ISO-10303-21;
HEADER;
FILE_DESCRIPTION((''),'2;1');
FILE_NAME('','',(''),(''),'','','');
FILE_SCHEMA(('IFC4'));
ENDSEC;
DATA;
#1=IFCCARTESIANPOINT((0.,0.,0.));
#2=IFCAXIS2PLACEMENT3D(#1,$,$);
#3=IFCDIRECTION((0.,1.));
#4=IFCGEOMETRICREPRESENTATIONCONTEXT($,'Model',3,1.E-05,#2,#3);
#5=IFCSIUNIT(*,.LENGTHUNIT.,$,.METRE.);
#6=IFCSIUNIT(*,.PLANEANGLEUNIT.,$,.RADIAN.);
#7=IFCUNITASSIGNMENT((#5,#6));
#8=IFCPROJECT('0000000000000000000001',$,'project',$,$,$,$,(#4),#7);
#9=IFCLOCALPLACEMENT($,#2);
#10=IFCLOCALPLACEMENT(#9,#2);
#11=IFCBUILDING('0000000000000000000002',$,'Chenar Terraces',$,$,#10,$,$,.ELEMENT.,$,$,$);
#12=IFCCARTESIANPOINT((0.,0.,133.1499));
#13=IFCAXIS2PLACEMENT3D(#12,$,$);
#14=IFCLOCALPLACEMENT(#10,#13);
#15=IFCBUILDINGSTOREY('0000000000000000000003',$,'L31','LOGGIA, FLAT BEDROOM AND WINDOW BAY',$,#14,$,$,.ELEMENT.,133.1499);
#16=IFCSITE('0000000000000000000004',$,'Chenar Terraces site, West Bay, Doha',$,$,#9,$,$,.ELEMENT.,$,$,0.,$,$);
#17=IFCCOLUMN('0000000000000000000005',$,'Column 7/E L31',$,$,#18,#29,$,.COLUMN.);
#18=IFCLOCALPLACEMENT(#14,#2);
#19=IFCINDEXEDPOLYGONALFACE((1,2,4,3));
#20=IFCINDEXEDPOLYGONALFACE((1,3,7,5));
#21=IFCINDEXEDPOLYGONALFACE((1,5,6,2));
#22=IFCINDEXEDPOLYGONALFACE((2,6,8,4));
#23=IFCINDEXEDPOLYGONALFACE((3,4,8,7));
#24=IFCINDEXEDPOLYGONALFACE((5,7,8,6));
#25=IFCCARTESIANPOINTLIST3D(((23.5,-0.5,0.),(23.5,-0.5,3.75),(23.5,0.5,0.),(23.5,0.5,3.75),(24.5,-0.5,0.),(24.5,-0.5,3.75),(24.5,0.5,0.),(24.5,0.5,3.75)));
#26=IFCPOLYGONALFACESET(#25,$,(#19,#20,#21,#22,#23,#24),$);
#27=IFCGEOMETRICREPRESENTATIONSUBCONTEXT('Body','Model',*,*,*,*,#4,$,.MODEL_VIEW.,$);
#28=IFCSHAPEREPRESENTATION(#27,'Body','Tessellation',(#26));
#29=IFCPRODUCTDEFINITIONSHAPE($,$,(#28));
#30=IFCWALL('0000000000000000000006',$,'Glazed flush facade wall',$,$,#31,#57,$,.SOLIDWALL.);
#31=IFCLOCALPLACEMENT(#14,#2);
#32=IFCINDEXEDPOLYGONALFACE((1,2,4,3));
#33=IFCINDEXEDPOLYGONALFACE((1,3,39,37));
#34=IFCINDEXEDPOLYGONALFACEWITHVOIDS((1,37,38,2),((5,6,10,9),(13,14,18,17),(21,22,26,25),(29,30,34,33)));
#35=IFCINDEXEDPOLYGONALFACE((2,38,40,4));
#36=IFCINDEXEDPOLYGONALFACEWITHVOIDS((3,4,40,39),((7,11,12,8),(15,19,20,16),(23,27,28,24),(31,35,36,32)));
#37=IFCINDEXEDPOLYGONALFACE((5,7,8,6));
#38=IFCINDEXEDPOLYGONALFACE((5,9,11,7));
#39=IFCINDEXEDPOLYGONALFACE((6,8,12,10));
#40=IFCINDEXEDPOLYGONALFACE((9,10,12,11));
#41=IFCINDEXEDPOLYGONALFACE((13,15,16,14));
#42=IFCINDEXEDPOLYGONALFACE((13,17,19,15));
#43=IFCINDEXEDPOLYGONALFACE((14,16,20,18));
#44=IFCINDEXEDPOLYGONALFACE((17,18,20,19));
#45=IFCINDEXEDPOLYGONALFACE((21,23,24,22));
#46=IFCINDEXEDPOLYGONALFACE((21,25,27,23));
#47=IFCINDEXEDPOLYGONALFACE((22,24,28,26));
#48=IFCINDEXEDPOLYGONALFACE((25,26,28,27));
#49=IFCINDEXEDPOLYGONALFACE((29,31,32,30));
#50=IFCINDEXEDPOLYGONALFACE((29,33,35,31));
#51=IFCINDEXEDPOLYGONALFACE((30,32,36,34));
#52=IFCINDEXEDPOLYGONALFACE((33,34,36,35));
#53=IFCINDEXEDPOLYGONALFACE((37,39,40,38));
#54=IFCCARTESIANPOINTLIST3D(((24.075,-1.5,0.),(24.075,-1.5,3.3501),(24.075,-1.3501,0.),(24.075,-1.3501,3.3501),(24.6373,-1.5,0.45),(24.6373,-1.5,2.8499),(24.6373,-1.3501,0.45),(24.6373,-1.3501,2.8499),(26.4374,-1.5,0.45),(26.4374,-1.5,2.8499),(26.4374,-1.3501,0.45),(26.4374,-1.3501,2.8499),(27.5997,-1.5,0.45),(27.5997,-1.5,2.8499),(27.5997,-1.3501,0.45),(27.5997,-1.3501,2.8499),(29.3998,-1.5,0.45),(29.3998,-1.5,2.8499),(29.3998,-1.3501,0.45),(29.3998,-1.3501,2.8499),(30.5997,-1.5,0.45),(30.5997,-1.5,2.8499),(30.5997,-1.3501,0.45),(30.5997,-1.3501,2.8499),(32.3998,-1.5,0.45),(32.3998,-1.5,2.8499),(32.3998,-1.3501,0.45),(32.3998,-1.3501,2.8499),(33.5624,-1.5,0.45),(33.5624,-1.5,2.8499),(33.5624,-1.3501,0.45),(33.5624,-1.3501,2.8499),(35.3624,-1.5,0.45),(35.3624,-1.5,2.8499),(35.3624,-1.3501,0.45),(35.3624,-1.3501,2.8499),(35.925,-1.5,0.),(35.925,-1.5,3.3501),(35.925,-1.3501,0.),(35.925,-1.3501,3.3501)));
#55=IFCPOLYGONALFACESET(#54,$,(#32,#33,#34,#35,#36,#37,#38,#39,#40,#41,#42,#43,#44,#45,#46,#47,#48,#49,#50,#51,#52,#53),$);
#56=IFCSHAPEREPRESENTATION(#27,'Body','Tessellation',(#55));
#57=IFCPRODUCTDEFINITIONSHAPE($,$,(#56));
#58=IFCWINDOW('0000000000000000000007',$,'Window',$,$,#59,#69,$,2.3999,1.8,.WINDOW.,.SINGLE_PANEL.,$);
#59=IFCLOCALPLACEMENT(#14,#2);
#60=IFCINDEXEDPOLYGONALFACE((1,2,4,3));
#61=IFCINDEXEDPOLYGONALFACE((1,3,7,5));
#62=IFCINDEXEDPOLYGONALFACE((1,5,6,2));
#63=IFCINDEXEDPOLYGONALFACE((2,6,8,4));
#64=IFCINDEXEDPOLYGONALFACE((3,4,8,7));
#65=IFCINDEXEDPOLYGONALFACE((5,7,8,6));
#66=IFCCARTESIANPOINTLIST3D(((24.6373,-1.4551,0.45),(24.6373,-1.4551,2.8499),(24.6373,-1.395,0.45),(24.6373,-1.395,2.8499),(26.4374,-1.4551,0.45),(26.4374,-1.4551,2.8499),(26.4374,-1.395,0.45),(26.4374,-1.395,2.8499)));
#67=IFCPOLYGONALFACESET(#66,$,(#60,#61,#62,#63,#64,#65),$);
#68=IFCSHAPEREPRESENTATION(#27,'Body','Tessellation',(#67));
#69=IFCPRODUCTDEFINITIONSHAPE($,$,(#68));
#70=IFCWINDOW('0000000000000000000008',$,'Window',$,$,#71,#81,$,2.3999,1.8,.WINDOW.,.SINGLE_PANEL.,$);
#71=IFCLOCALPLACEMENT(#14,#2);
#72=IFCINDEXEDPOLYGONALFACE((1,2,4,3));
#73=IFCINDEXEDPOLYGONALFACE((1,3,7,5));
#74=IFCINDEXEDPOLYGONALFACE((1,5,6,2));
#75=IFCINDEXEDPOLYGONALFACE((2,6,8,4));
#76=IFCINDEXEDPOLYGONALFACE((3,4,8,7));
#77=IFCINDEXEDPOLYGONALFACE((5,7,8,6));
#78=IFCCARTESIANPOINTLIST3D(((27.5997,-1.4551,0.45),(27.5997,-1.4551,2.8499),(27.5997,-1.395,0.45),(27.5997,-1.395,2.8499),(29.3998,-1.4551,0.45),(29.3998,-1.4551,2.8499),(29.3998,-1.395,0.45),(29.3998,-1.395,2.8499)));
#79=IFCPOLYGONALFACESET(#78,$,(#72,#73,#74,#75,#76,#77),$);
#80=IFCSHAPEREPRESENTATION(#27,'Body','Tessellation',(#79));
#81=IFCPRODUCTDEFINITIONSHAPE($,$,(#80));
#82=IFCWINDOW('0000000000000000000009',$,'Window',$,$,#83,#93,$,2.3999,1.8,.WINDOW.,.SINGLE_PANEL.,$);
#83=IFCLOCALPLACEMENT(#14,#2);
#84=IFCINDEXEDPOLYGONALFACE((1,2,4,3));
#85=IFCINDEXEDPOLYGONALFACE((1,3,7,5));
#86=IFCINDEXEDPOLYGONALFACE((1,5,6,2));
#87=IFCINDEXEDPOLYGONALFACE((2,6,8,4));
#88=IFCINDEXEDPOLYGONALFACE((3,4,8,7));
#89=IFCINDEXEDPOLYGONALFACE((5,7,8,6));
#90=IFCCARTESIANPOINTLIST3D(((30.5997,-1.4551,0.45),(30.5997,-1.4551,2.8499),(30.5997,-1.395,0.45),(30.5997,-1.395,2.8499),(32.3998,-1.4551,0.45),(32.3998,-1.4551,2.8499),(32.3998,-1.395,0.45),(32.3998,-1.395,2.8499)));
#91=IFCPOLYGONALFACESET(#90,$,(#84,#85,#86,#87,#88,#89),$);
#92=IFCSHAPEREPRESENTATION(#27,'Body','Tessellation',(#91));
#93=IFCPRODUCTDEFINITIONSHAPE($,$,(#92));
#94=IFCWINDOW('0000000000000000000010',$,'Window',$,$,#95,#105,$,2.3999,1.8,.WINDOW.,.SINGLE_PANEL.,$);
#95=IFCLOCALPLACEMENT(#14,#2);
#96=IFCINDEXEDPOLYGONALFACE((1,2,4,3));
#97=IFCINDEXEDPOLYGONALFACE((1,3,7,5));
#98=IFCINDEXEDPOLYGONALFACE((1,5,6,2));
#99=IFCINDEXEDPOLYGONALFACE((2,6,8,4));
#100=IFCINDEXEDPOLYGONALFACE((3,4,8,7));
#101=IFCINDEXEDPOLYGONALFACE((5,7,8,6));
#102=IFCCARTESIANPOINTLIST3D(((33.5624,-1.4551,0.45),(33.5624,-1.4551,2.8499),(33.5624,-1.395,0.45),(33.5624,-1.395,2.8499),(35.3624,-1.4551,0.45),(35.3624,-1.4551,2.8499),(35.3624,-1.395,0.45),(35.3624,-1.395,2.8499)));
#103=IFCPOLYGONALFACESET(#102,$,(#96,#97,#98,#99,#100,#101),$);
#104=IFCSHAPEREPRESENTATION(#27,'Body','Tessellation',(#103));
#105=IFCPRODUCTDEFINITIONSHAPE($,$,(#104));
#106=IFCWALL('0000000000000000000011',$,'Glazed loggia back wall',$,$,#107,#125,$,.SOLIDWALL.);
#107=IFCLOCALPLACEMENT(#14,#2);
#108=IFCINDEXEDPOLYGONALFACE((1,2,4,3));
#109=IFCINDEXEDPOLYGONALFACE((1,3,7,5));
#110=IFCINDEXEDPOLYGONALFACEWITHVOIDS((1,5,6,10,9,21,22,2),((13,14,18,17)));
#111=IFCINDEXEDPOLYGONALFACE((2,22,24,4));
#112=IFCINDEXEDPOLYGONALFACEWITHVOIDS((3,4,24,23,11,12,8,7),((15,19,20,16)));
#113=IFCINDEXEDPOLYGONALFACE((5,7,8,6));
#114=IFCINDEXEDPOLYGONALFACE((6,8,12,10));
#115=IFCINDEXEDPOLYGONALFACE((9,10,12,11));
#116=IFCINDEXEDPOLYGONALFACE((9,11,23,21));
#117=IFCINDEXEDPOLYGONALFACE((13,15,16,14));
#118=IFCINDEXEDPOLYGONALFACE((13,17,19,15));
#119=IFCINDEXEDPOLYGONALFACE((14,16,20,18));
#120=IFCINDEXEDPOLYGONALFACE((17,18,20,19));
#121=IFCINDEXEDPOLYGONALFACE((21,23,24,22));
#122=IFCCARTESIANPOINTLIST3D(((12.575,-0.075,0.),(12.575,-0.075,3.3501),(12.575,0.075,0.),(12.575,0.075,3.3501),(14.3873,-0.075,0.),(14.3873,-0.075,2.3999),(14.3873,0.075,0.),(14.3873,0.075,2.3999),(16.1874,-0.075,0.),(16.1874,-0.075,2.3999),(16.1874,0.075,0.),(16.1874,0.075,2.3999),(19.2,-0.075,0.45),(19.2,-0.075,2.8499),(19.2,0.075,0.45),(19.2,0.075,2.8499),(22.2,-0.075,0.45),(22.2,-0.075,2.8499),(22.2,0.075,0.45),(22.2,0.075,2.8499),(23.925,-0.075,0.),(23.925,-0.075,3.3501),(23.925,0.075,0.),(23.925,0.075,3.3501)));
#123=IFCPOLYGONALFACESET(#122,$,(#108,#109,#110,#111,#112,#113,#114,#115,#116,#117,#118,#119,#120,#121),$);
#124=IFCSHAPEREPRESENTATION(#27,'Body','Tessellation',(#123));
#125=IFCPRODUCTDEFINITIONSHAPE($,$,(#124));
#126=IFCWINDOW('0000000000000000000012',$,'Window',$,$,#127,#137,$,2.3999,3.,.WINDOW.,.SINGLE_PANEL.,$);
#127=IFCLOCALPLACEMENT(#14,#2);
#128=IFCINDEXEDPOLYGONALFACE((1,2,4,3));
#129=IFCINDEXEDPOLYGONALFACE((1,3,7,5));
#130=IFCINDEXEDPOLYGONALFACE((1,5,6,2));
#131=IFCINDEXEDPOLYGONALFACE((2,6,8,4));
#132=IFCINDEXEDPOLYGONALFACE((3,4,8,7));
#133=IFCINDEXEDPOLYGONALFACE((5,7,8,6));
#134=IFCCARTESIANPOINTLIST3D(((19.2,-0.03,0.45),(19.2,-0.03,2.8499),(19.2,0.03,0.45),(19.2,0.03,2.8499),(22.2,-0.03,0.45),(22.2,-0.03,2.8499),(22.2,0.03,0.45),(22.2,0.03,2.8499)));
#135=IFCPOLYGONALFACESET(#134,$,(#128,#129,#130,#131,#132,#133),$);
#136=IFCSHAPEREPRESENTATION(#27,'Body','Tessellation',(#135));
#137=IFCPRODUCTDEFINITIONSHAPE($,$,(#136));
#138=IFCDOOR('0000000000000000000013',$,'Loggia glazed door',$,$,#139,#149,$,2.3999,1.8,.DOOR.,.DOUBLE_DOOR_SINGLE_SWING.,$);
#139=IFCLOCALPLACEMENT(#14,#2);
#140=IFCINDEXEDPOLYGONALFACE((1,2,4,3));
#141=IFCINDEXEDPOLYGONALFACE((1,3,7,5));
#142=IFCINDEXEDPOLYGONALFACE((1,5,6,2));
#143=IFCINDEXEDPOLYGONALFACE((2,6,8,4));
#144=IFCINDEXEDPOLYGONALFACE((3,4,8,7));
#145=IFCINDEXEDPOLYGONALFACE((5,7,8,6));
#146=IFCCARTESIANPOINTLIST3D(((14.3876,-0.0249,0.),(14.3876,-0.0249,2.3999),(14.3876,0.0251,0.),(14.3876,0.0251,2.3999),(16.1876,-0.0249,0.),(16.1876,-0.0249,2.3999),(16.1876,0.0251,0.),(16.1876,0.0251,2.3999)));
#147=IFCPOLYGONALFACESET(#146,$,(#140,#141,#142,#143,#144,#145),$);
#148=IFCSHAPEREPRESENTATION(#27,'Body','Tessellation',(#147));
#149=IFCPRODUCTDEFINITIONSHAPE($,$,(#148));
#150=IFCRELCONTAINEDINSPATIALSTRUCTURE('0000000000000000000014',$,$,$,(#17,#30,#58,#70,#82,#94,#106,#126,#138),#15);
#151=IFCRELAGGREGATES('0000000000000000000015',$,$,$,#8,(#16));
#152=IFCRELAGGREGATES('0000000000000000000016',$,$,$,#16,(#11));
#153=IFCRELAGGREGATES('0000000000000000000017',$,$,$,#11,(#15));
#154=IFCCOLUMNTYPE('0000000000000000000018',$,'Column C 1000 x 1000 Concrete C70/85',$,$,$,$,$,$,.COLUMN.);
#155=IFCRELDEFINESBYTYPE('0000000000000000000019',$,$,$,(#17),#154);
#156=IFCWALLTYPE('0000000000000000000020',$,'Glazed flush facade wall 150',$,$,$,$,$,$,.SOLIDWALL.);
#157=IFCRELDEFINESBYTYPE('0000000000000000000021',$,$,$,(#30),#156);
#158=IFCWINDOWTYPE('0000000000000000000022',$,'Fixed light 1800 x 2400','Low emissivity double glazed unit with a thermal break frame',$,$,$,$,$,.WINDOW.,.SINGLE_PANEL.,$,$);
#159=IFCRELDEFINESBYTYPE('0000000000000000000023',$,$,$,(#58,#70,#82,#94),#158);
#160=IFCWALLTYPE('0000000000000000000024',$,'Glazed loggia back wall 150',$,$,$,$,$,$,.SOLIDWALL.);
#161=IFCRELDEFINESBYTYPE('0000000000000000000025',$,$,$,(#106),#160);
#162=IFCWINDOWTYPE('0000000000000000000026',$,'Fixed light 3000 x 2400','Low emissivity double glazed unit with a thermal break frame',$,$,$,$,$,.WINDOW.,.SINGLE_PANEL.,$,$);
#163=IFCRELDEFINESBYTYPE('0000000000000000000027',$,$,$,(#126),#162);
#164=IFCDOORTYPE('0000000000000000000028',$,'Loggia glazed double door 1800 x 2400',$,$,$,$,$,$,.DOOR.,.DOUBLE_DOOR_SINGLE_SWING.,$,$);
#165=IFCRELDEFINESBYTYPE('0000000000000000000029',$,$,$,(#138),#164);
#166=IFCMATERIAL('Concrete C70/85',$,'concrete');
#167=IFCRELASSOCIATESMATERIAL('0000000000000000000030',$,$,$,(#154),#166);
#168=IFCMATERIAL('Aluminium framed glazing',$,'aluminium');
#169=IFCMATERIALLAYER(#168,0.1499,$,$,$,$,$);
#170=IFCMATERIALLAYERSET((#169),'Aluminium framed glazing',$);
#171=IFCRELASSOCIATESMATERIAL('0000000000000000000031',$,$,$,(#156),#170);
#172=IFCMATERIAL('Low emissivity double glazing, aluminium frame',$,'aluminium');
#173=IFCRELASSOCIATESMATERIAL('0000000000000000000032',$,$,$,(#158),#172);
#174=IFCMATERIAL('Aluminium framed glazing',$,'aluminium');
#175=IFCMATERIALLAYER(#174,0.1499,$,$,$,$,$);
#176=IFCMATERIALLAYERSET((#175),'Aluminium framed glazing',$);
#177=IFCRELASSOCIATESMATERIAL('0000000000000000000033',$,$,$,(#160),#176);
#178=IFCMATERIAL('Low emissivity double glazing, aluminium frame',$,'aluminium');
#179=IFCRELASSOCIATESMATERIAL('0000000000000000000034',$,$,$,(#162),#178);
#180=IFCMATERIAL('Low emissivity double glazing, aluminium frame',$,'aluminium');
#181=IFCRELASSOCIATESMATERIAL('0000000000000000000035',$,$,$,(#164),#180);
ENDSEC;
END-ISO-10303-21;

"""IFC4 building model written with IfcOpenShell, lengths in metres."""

from ifc_helpers import new_model, si_unit, direction, frame, frame_2d, origin, origin_2d, place, context, subcontext, project, spatial, rectangle, extrude, material, layer, layer_set, material_profile, profile_set, type_object, element, fill, save


model = new_model("IFC4")

# Units and contexts
model_context = context("Model", 3, precision=1e-05, world=origin(), true_north=direction((0.0, 1.0)))
body_context = subcontext(model_context, "Body", "Model", "MODEL_VIEW")
ifc_project = project(units=[si_unit("LENGTHUNIT", "METRE"), si_unit("PLANEANGLEUNIT", "RADIAN")], contexts=[model_context])

# Site, building, storey
site_placement = place(None, origin())
site = spatial("IfcSite", under=ifc_project, at=site_placement, Name="Chenar Terraces site, West Bay, Doha", CompositionType="ELEMENT", RefElevation=0.0)
building_placement = place(site_placement, origin())
building = spatial("IfcBuilding", under=site, at=building_placement, Name="Chenar Terraces", CompositionType="ELEMENT")
storey_placement = place(building_placement, frame((0.0, 0.0, 133.1499)))
storey = spatial("IfcBuildingStorey", under=building, at=storey_placement, Name="L31", Description="LOGGIA, FLAT BEDROOM AND WINDOW BAY", CompositionType="ELEMENT", Elevation=133.1499)

# Column
ifc_material_1 = material(Name="Concrete C70/85", Category="concrete")
ifc_material_profile = material_profile(ifc_material_1, rectangle(XDim=1.0, YDim=1.0, at=origin_2d()), Name="C 1000 x 1000")
ifc_profile_set = profile_set([ifc_material_profile], Name="Concrete C70/85")
column_type = type_object("IfcColumnType", Name="Column C 1000 x 1000 Concrete C70/85", PredefinedType="COLUMN", material=ifc_profile_set)
column_placement = place(storey_placement, frame((24.0, 0.0, 0.0), z_axis=(0.0, 0.0, 1.0), x_axis=(1.0, 0.0, 0.0)))
element("IfcColumn", 1, at=column_placement, inside=storey, type_object=column_type, Name="Column 7/E L31", PredefinedType="COLUMN", context=body_context, shape_type="SweptSolid", body=[
    extrude(rectangle(XDim=1.0, YDim=1.0, at=origin_2d()), origin(), (0.0, 0.0, 1.0), 3.75),
])

# Wall, openings, windows
ifc_material_2 = material(Name="Aluminium framed glazing", Category="aluminium")
ifc_layer_1 = layer(ifc_material_2, 0.1499)
ifc_layer_set_1 = layer_set([ifc_layer_1], Name="Aluminium framed glazing")
wall_type_1 = type_object("IfcWallType", Name="Glazed flush facade wall 150", PredefinedType="SOLIDWALL", material=ifc_layer_set_1)
wall_1_placement = place(storey_placement, frame((24.075, -1.425, 0.0), z_axis=(0.0, 0.0, 1.0), x_axis=(1.0, 0.0, 0.0)))
wall_1 = element("IfcWall", 2, at=wall_1_placement, inside=storey, type_object=wall_type_1, Name="Glazed flush facade wall", PredefinedType="SOLIDWALL", context=body_context, shape_type="SweptSolid", body=[
    extrude(rectangle(XDim=11.8501, YDim=0.1499, at=frame_2d((5.925, 0.0))), origin(), (0.0, 0.0, 1.0), 3.3501),
])
opening_1_placement = place(wall_1_placement, frame((0.5625, 0.0, 0.45)))
opening_1 = element("IfcOpeningElement", 3, at=opening_1_placement, cuts=wall_1, PredefinedType="OPENING", context=body_context, shape_type="SweptSolid", body=[
    extrude(rectangle(XDim=1.8, YDim=2.3999, at=frame_2d((0.8999, 1.2))), frame((0.0, 0.085, 0.0), z_axis=(0.0, -1.0, 0.0), x_axis=(1.0, 0.0, 0.0)), (0.0, 0.0, 1.0), 0.1699),
])
opening_2_placement = place(wall_1_placement, frame((3.5249, 0.0, 0.45)))
opening_2 = element("IfcOpeningElement", 4, at=opening_2_placement, cuts=wall_1, PredefinedType="OPENING", context=body_context, shape_type="SweptSolid", body=[
    extrude(rectangle(XDim=1.8, YDim=2.3999, at=frame_2d((0.8999, 1.2))), frame((0.0, 0.085, 0.0), z_axis=(0.0, -1.0, 0.0), x_axis=(1.0, 0.0, 0.0)), (0.0, 0.0, 1.0), 0.1699),
])
opening_3_placement = place(wall_1_placement, frame((6.5249, 0.0, 0.45)))
opening_3 = element("IfcOpeningElement", 5, at=opening_3_placement, cuts=wall_1, PredefinedType="OPENING", context=body_context, shape_type="SweptSolid", body=[
    extrude(rectangle(XDim=1.8, YDim=2.3999, at=frame_2d((0.8999, 1.2))), frame((0.0, 0.085, 0.0), z_axis=(0.0, -1.0, 0.0), x_axis=(1.0, 0.0, 0.0)), (0.0, 0.0, 1.0), 0.1699),
])
opening_4_placement = place(wall_1_placement, frame((9.4875, 0.0, 0.45)))
opening_4 = element("IfcOpeningElement", 6, at=opening_4_placement, cuts=wall_1, PredefinedType="OPENING", context=body_context, shape_type="SweptSolid", body=[
    extrude(rectangle(XDim=1.8, YDim=2.3999, at=frame_2d((0.8999, 1.2))), frame((0.0, 0.085, 0.0), z_axis=(0.0, -1.0, 0.0), x_axis=(1.0, 0.0, 0.0)), (0.0, 0.0, 1.0), 0.1699),
])
ifc_material_3 = material(Name="Low emissivity double glazing, aluminium frame", Category="aluminium")
window_type_1 = type_object("IfcWindowType", Name="Fixed light 1800 x 2400", Description="Low emissivity double glazed unit with a thermal break frame", PartitioningType="SINGLE_PANEL", PredefinedType="WINDOW", material=ifc_material_3)
window_1_placement = place(opening_1_placement, origin())
window_1 = element("IfcWindow", 7, at=window_1_placement, inside=storey, type_object=window_type_1, Name="Window", OverallHeight=2.3999, OverallWidth=1.8, PartitioningType="SINGLE_PANEL", PredefinedType="WINDOW", context=body_context, shape_type="SweptSolid", body=[
    extrude(rectangle(XDim=1.8, YDim=2.3999, at=frame_2d((0.8999, 1.2))), frame((0.0, 0.03, 0.0), z_axis=(0.0, -1.0, 0.0), x_axis=(1.0, 0.0, 0.0)), (0.0, 0.0, 1.0), 0.0601),
])
fill(opening_1, window_1)
window_2_placement = place(opening_2_placement, origin())
window_2 = element("IfcWindow", 8, at=window_2_placement, inside=storey, type_object=window_type_1, Name="Window", OverallHeight=2.3999, OverallWidth=1.8, PartitioningType="SINGLE_PANEL", PredefinedType="WINDOW", context=body_context, shape_type="SweptSolid", body=[
    extrude(rectangle(XDim=1.8, YDim=2.3999, at=frame_2d((0.8999, 1.2))), frame((0.0, 0.03, 0.0), z_axis=(0.0, -1.0, 0.0), x_axis=(1.0, 0.0, 0.0)), (0.0, 0.0, 1.0), 0.0601),
])
fill(opening_2, window_2)
window_3_placement = place(opening_3_placement, origin())
window_3 = element("IfcWindow", 9, at=window_3_placement, inside=storey, type_object=window_type_1, Name="Window", OverallHeight=2.3999, OverallWidth=1.8, PartitioningType="SINGLE_PANEL", PredefinedType="WINDOW", context=body_context, shape_type="SweptSolid", body=[
    extrude(rectangle(XDim=1.8, YDim=2.3999, at=frame_2d((0.8999, 1.2))), frame((0.0, 0.03, 0.0), z_axis=(0.0, -1.0, 0.0), x_axis=(1.0, 0.0, 0.0)), (0.0, 0.0, 1.0), 0.0601),
])
fill(opening_3, window_3)
window_4_placement = place(opening_4_placement, origin())
window_4 = element("IfcWindow", 10, at=window_4_placement, inside=storey, type_object=window_type_1, Name="Window", OverallHeight=2.3999, OverallWidth=1.8, PartitioningType="SINGLE_PANEL", PredefinedType="WINDOW", context=body_context, shape_type="SweptSolid", body=[
    extrude(rectangle(XDim=1.8, YDim=2.3999, at=frame_2d((0.8999, 1.2))), frame((0.0, 0.03, 0.0), z_axis=(0.0, -1.0, 0.0), x_axis=(1.0, 0.0, 0.0)), (0.0, 0.0, 1.0), 0.0601),
])
fill(opening_4, window_4)

# Wall, openings, window, door
ifc_material_4 = material(Name="Aluminium framed glazing", Category="aluminium")
ifc_layer_2 = layer(ifc_material_4, 0.1499)
ifc_layer_set_2 = layer_set([ifc_layer_2], Name="Aluminium framed glazing")
wall_type_2 = type_object("IfcWallType", Name="Glazed loggia back wall 150", PredefinedType="SOLIDWALL", material=ifc_layer_set_2)
wall_2_placement = place(storey_placement, frame((12.575, 0.0, 0.0), z_axis=(0.0, 0.0, 1.0), x_axis=(1.0, 0.0, 0.0)))
wall_2 = element("IfcWall", 11, at=wall_2_placement, inside=storey, type_object=wall_type_2, Name="Glazed loggia back wall", PredefinedType="SOLIDWALL", context=body_context, shape_type="SweptSolid", body=[
    extrude(rectangle(XDim=11.3501, YDim=0.1499, at=frame_2d((5.675, 0.0))), origin(), (0.0, 0.0, 1.0), 3.3501),
])
opening_5_placement = place(wall_2_placement, frame((1.8125, 0.0, 0.0)))
opening_5 = element("IfcOpeningElement", 12, at=opening_5_placement, cuts=wall_2, PredefinedType="OPENING", context=body_context, shape_type="SweptSolid", body=[
    extrude(rectangle(XDim=1.8, YDim=2.3999, at=frame_2d((0.8999, 1.2))), frame((0.0, 0.085, 0.0), z_axis=(0.0, -1.0, 0.0), x_axis=(1.0, 0.0, 0.0)), (0.0, 0.0, 1.0), 0.1699),
])
opening_6_placement = place(wall_2_placement, frame((6.625, 0.0, 0.45)))
opening_6 = element("IfcOpeningElement", 13, at=opening_6_placement, cuts=wall_2, PredefinedType="OPENING", context=body_context, shape_type="SweptSolid", body=[
    extrude(rectangle(XDim=3.0, YDim=2.3999, at=frame_2d((1.5, 1.2))), frame((0.0, 0.085, 0.0), z_axis=(0.0, -1.0, 0.0), x_axis=(1.0, 0.0, 0.0)), (0.0, 0.0, 1.0), 0.1699),
])
ifc_material_5 = material(Name="Low emissivity double glazing, aluminium frame", Category="aluminium")
window_type_2 = type_object("IfcWindowType", Name="Fixed light 3000 x 2400", Description="Low emissivity double glazed unit with a thermal break frame", PartitioningType="SINGLE_PANEL", PredefinedType="WINDOW", material=ifc_material_5)
window_5_placement = place(opening_6_placement, origin())
window_5 = element("IfcWindow", 14, at=window_5_placement, inside=storey, type_object=window_type_2, Name="Window", OverallHeight=2.3999, OverallWidth=3.0, PartitioningType="SINGLE_PANEL", PredefinedType="WINDOW", context=body_context, shape_type="SweptSolid", body=[
    extrude(rectangle(XDim=3.0, YDim=2.3999, at=frame_2d((1.5, 1.2))), frame((0.0, 0.03, 0.0), z_axis=(0.0, -1.0, 0.0), x_axis=(1.0, 0.0, 0.0)), (0.0, 0.0, 1.0), 0.0601),
])
fill(opening_6, window_5)
ifc_material_6 = material(Name="Low emissivity double glazing, aluminium frame", Category="aluminium")
door_type = type_object("IfcDoorType", Name="Loggia glazed double door 1800 x 2400", OperationType="DOUBLE_DOOR_SINGLE_SWING", PredefinedType="DOOR", material=ifc_material_6)
door_placement = place(opening_5_placement, frame((1.8, 0.0, 0.0), z_axis=(0.0, 0.0, 1.0), x_axis=(-1.0, 0.0, 0.0)))
door = element("IfcDoor", 15, at=door_placement, inside=storey, type_object=door_type, Name="Loggia glazed door", OperationType="DOUBLE_DOOR_SINGLE_SWING", OverallHeight=2.3999, OverallWidth=1.8, PredefinedType="DOOR", context=body_context, shape_type="SweptSolid", body=[
    extrude(rectangle(XDim=1.8, YDim=2.3999, at=frame_2d((0.8999, 1.2))), frame((0.0, 0.0249, 0.0), z_axis=(0.0, -1.0, 0.0), x_axis=(1.0, 0.0, 0.0)), (0.0, 0.0, 1.0), 0.05),
])
fill(opening_5, door)

save(model, "model.ifc")
